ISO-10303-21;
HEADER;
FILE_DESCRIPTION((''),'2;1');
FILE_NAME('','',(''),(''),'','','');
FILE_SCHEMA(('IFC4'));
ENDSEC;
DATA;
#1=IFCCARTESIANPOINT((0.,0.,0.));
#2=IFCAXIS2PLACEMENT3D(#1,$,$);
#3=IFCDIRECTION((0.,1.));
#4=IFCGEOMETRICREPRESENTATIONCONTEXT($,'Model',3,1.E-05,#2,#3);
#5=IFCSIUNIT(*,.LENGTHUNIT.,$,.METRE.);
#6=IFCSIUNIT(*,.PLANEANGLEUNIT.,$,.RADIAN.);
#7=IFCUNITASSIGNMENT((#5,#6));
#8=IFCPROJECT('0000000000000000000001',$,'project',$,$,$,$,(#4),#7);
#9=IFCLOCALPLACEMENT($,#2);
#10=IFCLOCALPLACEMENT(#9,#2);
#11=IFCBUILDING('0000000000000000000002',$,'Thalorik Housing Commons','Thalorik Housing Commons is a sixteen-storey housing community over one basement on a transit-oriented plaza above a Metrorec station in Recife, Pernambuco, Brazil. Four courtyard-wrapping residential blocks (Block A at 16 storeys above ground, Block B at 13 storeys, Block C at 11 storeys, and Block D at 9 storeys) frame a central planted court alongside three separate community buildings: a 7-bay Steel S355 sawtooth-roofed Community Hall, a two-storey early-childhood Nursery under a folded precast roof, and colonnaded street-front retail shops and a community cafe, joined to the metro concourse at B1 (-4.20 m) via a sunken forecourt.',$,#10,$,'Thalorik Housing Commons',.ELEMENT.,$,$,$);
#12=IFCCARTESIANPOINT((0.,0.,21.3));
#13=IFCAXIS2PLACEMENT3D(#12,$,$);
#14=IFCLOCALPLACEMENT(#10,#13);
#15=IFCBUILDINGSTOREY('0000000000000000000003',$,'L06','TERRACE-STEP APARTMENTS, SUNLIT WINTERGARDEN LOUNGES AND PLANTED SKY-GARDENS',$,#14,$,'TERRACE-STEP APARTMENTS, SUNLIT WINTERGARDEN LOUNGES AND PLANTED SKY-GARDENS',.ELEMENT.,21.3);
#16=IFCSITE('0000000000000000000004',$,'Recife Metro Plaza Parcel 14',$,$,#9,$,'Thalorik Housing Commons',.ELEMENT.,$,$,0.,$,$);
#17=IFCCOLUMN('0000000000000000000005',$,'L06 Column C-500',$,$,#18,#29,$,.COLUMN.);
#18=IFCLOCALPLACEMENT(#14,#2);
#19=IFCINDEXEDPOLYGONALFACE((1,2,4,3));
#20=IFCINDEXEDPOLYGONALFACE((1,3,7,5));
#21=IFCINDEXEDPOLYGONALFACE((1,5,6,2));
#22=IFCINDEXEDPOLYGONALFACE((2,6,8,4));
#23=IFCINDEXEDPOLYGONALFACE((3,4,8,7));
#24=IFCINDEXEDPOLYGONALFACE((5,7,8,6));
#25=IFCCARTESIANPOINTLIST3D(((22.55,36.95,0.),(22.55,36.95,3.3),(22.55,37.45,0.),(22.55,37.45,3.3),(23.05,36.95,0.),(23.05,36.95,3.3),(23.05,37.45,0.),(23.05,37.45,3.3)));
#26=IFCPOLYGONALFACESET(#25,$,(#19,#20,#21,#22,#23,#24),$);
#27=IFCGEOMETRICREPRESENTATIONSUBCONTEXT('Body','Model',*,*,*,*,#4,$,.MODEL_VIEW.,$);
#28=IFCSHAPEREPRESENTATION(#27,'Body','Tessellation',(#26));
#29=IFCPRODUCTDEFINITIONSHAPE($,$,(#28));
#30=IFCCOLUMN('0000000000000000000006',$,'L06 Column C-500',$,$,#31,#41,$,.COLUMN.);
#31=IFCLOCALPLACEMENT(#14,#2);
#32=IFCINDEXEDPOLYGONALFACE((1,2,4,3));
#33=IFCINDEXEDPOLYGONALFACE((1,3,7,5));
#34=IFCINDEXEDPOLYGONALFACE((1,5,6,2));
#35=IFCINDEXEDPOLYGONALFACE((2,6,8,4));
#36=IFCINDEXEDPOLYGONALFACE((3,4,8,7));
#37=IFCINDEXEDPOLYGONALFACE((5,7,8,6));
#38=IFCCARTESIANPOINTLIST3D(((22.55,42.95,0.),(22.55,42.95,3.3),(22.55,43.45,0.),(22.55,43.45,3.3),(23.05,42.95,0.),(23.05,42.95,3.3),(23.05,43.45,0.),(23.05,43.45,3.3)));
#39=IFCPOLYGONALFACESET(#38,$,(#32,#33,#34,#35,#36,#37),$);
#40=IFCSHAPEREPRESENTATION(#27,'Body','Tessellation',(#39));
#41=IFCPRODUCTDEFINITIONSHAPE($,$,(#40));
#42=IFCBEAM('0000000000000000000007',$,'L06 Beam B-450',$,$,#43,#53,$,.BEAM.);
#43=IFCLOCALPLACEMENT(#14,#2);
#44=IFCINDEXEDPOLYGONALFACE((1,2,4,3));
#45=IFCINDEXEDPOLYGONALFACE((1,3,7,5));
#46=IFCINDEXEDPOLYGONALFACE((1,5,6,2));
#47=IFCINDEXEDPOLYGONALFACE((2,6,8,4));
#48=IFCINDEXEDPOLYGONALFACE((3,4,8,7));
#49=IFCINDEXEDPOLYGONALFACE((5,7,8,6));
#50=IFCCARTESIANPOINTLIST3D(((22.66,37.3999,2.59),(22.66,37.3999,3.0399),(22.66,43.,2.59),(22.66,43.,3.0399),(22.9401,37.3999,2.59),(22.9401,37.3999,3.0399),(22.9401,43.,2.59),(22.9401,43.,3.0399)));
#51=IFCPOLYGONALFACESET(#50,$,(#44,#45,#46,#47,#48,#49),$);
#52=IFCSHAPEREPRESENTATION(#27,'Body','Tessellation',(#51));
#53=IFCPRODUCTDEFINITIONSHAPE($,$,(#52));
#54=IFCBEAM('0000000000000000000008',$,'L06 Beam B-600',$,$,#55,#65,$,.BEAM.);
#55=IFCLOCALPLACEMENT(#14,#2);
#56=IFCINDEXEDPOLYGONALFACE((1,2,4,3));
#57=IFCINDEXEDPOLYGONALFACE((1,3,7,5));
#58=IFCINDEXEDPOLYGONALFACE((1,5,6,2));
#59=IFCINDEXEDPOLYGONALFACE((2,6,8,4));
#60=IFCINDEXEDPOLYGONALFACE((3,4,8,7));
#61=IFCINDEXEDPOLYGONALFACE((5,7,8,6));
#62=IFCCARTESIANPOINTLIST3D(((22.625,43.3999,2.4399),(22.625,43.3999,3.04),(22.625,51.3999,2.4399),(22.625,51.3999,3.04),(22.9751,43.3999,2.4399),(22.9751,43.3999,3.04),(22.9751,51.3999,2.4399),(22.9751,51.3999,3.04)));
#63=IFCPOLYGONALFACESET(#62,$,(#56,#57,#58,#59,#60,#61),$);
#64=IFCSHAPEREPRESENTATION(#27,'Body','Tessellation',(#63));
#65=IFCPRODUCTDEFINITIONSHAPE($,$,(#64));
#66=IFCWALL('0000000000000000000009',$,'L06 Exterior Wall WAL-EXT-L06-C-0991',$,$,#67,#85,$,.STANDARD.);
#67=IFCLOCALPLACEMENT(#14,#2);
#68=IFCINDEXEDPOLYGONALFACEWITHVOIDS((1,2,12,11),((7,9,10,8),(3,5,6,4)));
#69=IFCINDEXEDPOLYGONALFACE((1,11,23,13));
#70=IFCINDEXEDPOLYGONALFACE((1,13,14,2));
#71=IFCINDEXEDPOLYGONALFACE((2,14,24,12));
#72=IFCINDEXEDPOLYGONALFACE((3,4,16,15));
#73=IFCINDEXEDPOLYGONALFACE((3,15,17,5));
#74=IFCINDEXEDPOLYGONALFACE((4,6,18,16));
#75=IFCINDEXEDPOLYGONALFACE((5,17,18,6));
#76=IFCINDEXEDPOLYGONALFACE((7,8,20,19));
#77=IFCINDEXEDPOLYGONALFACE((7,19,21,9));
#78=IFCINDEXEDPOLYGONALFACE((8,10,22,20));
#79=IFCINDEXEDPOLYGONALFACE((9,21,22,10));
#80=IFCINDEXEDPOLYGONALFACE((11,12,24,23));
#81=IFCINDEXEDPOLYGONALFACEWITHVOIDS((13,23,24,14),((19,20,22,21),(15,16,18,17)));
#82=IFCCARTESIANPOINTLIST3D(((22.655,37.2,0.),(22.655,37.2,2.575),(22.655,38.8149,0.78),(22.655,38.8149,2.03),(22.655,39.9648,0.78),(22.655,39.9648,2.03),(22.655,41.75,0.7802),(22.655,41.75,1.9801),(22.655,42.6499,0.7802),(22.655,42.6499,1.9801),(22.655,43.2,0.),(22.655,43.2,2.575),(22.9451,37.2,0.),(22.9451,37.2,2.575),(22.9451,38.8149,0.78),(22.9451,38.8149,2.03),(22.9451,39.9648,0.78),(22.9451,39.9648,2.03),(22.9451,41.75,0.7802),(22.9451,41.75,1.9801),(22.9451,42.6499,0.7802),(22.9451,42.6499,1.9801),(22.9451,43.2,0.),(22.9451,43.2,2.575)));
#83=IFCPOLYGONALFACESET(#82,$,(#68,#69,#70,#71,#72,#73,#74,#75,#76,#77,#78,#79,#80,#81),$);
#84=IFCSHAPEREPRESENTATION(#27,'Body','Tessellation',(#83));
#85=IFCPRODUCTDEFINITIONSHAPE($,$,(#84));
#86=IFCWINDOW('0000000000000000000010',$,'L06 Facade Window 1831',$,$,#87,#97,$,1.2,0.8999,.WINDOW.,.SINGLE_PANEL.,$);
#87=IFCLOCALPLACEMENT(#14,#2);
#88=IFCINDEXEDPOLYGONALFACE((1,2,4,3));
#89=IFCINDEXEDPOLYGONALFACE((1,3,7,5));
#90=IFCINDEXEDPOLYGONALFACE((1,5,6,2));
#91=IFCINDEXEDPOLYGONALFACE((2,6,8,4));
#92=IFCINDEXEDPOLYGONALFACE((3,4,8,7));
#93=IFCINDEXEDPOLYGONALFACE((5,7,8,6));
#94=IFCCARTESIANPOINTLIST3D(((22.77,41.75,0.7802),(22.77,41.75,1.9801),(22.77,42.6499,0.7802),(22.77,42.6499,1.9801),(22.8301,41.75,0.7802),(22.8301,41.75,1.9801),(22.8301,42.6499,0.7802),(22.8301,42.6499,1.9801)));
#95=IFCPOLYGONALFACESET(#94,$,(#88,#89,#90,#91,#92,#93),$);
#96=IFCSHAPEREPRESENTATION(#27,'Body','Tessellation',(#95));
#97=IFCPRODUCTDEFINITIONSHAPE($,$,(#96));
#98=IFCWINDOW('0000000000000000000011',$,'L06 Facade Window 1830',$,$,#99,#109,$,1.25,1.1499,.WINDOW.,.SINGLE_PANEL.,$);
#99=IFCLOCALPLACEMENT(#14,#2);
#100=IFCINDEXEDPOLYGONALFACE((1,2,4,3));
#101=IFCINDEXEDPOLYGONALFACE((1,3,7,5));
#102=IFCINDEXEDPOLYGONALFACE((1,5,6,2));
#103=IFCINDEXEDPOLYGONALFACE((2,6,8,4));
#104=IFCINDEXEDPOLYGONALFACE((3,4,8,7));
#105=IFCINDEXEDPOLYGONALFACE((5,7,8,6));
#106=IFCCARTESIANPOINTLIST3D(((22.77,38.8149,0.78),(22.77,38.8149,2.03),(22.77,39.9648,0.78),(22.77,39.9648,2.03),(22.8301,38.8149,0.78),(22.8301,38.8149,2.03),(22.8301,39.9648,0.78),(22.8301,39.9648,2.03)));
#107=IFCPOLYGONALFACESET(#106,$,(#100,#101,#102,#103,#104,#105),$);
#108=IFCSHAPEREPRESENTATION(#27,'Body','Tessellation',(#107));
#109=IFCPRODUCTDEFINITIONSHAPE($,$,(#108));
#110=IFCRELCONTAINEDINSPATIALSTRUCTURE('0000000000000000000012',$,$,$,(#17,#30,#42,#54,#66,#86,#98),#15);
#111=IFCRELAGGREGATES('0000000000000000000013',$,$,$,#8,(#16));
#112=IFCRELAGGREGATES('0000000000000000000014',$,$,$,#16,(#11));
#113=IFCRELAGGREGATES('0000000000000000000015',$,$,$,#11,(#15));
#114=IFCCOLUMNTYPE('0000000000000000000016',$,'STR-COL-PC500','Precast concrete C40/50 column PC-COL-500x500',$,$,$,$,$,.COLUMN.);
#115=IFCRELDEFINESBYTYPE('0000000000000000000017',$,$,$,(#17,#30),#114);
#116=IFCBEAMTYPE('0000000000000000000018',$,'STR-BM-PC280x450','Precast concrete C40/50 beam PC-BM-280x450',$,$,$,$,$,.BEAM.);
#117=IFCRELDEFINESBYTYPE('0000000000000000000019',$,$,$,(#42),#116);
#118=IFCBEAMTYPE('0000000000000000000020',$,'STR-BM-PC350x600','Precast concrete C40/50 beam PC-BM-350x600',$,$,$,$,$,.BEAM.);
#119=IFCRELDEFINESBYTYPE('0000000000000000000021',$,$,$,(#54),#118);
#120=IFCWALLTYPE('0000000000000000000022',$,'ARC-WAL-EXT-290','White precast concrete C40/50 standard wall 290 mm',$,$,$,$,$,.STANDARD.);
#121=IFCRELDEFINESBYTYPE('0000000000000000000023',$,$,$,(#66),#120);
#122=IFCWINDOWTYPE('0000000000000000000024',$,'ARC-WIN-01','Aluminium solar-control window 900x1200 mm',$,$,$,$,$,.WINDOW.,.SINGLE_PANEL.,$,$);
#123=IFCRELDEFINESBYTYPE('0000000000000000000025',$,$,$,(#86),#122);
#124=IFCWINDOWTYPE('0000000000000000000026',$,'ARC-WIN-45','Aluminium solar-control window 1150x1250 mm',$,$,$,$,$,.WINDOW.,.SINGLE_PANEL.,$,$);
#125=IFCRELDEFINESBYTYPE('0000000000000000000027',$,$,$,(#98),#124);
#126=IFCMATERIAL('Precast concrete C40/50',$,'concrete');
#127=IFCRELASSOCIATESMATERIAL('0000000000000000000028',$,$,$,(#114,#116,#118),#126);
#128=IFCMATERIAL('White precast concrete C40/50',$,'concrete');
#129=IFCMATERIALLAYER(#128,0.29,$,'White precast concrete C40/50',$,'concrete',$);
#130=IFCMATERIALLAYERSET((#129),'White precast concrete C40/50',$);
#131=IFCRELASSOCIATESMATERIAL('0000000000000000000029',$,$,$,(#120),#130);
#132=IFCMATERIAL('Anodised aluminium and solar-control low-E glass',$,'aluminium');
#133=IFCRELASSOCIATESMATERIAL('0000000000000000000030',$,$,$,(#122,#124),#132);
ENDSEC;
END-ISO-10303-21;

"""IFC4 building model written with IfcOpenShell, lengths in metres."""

from ifc_helpers import new_model, si_unit, direction, frame, frame_2d, origin, origin_2d, place, context, subcontext, project, spatial, rectangle, extrude, material, layer, layer_set, material_profile, profile_set, type_object, element, fill, save


model = new_model("IFC4")

# Units and contexts
model_context = context("Model", 3, precision=1e-05, world=origin(), true_north=direction((0.0, 1.0)))
body_context = subcontext(model_context, "Body", "Model", "MODEL_VIEW")
ifc_project = project(units=[si_unit("LENGTHUNIT", "METRE"), si_unit("PLANEANGLEUNIT", "RADIAN")], contexts=[model_context])

# Site, building, storey
site_placement = place(None, origin())
site = spatial("IfcSite", under=ifc_project, at=site_placement, Name="Recife Metro Plaza Parcel 14", LongName="Thalorik Housing Commons", CompositionType="ELEMENT", RefElevation=0.0)
building_placement = place(site_placement, origin())
building = spatial("IfcBuilding", under=site, at=building_placement, Name="Thalorik Housing Commons", Description="Thalorik Housing Commons is a sixteen-storey housing community over one basement on a transit-oriented plaza above a Metrorec station in Recife, Pernambuco, Brazil. Four courtyard-wrapping residential blocks (Block A at 16 storeys above ground, Block B at 13 storeys, Block C at 11 storeys, and Block D at 9 storeys) frame a central planted court alongside three separate community buildings: a 7-bay Steel S355 sawtooth-roofed Community Hall, a two-storey early-childhood Nursery under a folded precast roof, and colonnaded street-front retail shops and a community cafe, joined to the metro concourse at B1 (-4.20 m) via a sunken forecourt.", LongName="Thalorik Housing Commons", CompositionType="ELEMENT")
storey_placement = place(building_placement, frame((0.0, 0.0, 21.3)))
storey = spatial("IfcBuildingStorey", under=building, at=storey_placement, Name="L06", Description="TERRACE-STEP APARTMENTS, SUNLIT WINTERGARDEN LOUNGES AND PLANTED SKY-GARDENS", LongName="TERRACE-STEP APARTMENTS, SUNLIT WINTERGARDEN LOUNGES AND PLANTED SKY-GARDENS", CompositionType="ELEMENT", Elevation=21.3)

# Columns
ifc_material_1 = material(Name="Precast concrete C40/50", Category="concrete")
ifc_material_profile_1 = material_profile(ifc_material_1, rectangle(XDim=0.5, YDim=0.5, at=origin_2d()), Name="PC 500x500", Category="concrete")
ifc_profile_set_1 = profile_set([ifc_material_profile_1], Name="Precast concrete C40/50")
column_type = type_object("IfcColumnType", Name="STR-COL-PC500", Description="Precast concrete C40/50 column PC-COL-500x500", PredefinedType="COLUMN", material=ifc_profile_set_1)
for number, where, z_axis, x_axis, name in (
    (1, (22.8, 37.2, 0.0), (0.0, 0.0, 1.0), (1.0, 0.0, 0.0), "L06 Column C-500"),
    (2, (22.8, 43.2, 0.0), (0.0, 0.0, 1.0), (1.0, 0.0, 0.0), "L06 Column C-500"),
):
    element("IfcColumn", number, at=place(storey_placement, frame(where, z_axis=z_axis, x_axis=x_axis)), inside=storey, type_object=column_type, Name=name, PredefinedType="COLUMN", context=body_context, shape_type="SweptSolid", body=[
        extrude(rectangle(XDim=0.5, YDim=0.5, at=origin_2d()), origin(), (0.0, 0.0, 1.0), 3.3),
    ])

# Beams
ifc_material_profile_2 = material_profile(ifc_material_1, rectangle(XDim=0.28, YDim=0.45, at=origin_2d()), Name="PC 280x450", Category="concrete")
ifc_profile_set_2 = profile_set([ifc_material_profile_2], Name="Precast concrete C40/50")
beam_type_1 = type_object("IfcBeamType", Name="STR-BM-PC280x450", Description="Precast concrete C40/50 beam PC-BM-280x450", PredefinedType="BEAM", material=ifc_profile_set_2)
beam_1_placement = place(storey_placement, frame((22.8, 37.3999, 2.8149), z_axis=(0.0, 1.0, 0.0), x_axis=(-1.0, 0.0, 0.0)))
element("IfcBeam", 3, at=beam_1_placement, inside=storey, type_object=beam_type_1, Name="L06 Beam B-450", PredefinedType="BEAM", context=body_context, shape_type="SweptSolid", body=[
    extrude(rectangle(XDim=0.28, YDim=0.45, at=origin_2d()), origin(), (0.0, 0.0, 1.0), 5.6001),
])
ifc_material_profile_3 = material_profile(ifc_material_1, rectangle(XDim=0.3501, YDim=0.6001, at=origin_2d()), Name="PC 350x600", Category="concrete")
ifc_profile_set_3 = profile_set([ifc_material_profile_3], Name="Precast concrete C40/50")
beam_type_2 = type_object("IfcBeamType", Name="STR-BM-PC350x600", Description="Precast concrete C40/50 beam PC-BM-350x600", PredefinedType="BEAM", material=ifc_profile_set_3)
beam_2_placement = place(storey_placement, frame((22.8, 43.3999, 2.74), z_axis=(0.0, 1.0, 0.0), x_axis=(-1.0, 0.0, 0.0)))
element("IfcBeam", 4, at=beam_2_placement, inside=storey, type_object=beam_type_2, Name="L06 Beam B-600", PredefinedType="BEAM", context=body_context, shape_type="SweptSolid", body=[
    extrude(rectangle(XDim=0.3501, YDim=0.6001, at=origin_2d()), origin(), (0.0, 0.0, 1.0), 8.0),
])

# Wall, openings, windows
ifc_material_2 = material(Name="White precast concrete C40/50", Category="concrete")
ifc_layer_1 = layer(ifc_material_2, 0.29, Name="White precast concrete C40/50", Category="concrete")
ifc_layer_set_1 = layer_set([ifc_layer_1], Name="White precast concrete C40/50")
wall_type_1 = type_object("IfcWallType", Name="ARC-WAL-EXT-290", Description="White precast concrete C40/50 standard wall 290 mm", PredefinedType="STANDARD", material=ifc_layer_set_1)
wall_1_placement = place(storey_placement, frame((22.8, 37.2, 0.0), z_axis=(0.0, 0.0, 1.0), x_axis=(0.0, 1.0, 0.0)))
wall_1 = element("IfcWall", 5, at=wall_1_placement, inside=storey, type_object=wall_type_1, Name="L06 Exterior Wall WAL-EXT-L06-C-0991", PredefinedType="STANDARD", context=body_context, shape_type="SweptSolid", body=[
    extrude(rectangle(XDim=6.0, YDim=0.29, at=frame_2d((3.0, 0.0))), origin(), (0.0, 0.0, 1.0), 2.575),
])
opening_1_placement = place(wall_1_placement, frame((1.615, 0.0, 0.78)))
opening_1 = element("IfcOpeningElement", 6, at=opening_1_placement, cuts=wall_1, PredefinedType="OPENING", context=body_context, shape_type="SweptSolid", body=[
    extrude(rectangle(XDim=1.1499, YDim=1.25, at=frame_2d((0.575, 0.625))), frame((0.0, 0.155, 0.0), z_axis=(0.0, -1.0, 0.0), x_axis=(1.0, 0.0, 0.0)), (0.0, 0.0, 1.0), 0.3101),
])
opening_2_placement = place(wall_1_placement, frame((4.55, 0.0, 0.78)))
opening_2 = element("IfcOpeningElement", 7, at=opening_2_placement, cuts=wall_1, PredefinedType="OPENING", context=body_context, shape_type="SweptSolid", body=[
    extrude(rectangle(XDim=0.8999, YDim=1.2, at=frame_2d((0.45, 0.6001))), frame((0.0, 0.155, 0.0), z_axis=(0.0, -1.0, 0.0), x_axis=(1.0, 0.0, 0.0)), (0.0, 0.0, 1.0), 0.3101),
])
ifc_material_3 = material(Name="Anodised aluminium and solar-control low-E glass", Category="aluminium")
window_type_1 = type_object("IfcWindowType", Name="ARC-WIN-01", Description="Aluminium solar-control window 900x1200 mm", PartitioningType="SINGLE_PANEL", PredefinedType="WINDOW", material=ifc_material_3)
window_1_placement = place(opening_2_placement, origin())
window_1 = element("IfcWindow", 8, at=window_1_placement, inside=storey, type_object=window_type_1, Name="L06 Facade Window 1831", OverallHeight=1.2, OverallWidth=0.8999, PartitioningType="SINGLE_PANEL", PredefinedType="WINDOW", context=body_context, shape_type="SweptSolid", body=[
    extrude(rectangle(XDim=0.8999, YDim=1.2, at=frame_2d((0.45, 0.6001))), frame((0.0, 0.03, 0.0), z_axis=(0.0, -1.0, 0.0), x_axis=(1.0, 0.0, 0.0)), (0.0, 0.0, 1.0), 0.0601),
])
fill(opening_2, window_1)
window_type_2 = type_object("IfcWindowType", Name="ARC-WIN-45", Description="Aluminium solar-control window 1150x1250 mm", PartitioningType="SINGLE_PANEL", PredefinedType="WINDOW", material=ifc_material_3)
window_2_placement = place(opening_1_placement, origin())
window_2 = element("IfcWindow", 9, at=window_2_placement, inside=storey, type_object=window_type_2, Name="L06 Facade Window 1830", OverallHeight=1.25, OverallWidth=1.1499, PartitioningType="SINGLE_PANEL", PredefinedType="WINDOW", context=body_context, shape_type="SweptSolid", body=[
    extrude(rectangle(XDim=1.1499, YDim=1.25, at=frame_2d((0.575, 0.625))), frame((0.0, 0.03, 0.0), z_axis=(0.0, -1.0, 0.0), x_axis=(1.0, 0.0, 0.0)), (0.0, 0.0, 1.0), 0.0601),
])
fill(opening_1, window_2)

save(model, "model.ifc")
